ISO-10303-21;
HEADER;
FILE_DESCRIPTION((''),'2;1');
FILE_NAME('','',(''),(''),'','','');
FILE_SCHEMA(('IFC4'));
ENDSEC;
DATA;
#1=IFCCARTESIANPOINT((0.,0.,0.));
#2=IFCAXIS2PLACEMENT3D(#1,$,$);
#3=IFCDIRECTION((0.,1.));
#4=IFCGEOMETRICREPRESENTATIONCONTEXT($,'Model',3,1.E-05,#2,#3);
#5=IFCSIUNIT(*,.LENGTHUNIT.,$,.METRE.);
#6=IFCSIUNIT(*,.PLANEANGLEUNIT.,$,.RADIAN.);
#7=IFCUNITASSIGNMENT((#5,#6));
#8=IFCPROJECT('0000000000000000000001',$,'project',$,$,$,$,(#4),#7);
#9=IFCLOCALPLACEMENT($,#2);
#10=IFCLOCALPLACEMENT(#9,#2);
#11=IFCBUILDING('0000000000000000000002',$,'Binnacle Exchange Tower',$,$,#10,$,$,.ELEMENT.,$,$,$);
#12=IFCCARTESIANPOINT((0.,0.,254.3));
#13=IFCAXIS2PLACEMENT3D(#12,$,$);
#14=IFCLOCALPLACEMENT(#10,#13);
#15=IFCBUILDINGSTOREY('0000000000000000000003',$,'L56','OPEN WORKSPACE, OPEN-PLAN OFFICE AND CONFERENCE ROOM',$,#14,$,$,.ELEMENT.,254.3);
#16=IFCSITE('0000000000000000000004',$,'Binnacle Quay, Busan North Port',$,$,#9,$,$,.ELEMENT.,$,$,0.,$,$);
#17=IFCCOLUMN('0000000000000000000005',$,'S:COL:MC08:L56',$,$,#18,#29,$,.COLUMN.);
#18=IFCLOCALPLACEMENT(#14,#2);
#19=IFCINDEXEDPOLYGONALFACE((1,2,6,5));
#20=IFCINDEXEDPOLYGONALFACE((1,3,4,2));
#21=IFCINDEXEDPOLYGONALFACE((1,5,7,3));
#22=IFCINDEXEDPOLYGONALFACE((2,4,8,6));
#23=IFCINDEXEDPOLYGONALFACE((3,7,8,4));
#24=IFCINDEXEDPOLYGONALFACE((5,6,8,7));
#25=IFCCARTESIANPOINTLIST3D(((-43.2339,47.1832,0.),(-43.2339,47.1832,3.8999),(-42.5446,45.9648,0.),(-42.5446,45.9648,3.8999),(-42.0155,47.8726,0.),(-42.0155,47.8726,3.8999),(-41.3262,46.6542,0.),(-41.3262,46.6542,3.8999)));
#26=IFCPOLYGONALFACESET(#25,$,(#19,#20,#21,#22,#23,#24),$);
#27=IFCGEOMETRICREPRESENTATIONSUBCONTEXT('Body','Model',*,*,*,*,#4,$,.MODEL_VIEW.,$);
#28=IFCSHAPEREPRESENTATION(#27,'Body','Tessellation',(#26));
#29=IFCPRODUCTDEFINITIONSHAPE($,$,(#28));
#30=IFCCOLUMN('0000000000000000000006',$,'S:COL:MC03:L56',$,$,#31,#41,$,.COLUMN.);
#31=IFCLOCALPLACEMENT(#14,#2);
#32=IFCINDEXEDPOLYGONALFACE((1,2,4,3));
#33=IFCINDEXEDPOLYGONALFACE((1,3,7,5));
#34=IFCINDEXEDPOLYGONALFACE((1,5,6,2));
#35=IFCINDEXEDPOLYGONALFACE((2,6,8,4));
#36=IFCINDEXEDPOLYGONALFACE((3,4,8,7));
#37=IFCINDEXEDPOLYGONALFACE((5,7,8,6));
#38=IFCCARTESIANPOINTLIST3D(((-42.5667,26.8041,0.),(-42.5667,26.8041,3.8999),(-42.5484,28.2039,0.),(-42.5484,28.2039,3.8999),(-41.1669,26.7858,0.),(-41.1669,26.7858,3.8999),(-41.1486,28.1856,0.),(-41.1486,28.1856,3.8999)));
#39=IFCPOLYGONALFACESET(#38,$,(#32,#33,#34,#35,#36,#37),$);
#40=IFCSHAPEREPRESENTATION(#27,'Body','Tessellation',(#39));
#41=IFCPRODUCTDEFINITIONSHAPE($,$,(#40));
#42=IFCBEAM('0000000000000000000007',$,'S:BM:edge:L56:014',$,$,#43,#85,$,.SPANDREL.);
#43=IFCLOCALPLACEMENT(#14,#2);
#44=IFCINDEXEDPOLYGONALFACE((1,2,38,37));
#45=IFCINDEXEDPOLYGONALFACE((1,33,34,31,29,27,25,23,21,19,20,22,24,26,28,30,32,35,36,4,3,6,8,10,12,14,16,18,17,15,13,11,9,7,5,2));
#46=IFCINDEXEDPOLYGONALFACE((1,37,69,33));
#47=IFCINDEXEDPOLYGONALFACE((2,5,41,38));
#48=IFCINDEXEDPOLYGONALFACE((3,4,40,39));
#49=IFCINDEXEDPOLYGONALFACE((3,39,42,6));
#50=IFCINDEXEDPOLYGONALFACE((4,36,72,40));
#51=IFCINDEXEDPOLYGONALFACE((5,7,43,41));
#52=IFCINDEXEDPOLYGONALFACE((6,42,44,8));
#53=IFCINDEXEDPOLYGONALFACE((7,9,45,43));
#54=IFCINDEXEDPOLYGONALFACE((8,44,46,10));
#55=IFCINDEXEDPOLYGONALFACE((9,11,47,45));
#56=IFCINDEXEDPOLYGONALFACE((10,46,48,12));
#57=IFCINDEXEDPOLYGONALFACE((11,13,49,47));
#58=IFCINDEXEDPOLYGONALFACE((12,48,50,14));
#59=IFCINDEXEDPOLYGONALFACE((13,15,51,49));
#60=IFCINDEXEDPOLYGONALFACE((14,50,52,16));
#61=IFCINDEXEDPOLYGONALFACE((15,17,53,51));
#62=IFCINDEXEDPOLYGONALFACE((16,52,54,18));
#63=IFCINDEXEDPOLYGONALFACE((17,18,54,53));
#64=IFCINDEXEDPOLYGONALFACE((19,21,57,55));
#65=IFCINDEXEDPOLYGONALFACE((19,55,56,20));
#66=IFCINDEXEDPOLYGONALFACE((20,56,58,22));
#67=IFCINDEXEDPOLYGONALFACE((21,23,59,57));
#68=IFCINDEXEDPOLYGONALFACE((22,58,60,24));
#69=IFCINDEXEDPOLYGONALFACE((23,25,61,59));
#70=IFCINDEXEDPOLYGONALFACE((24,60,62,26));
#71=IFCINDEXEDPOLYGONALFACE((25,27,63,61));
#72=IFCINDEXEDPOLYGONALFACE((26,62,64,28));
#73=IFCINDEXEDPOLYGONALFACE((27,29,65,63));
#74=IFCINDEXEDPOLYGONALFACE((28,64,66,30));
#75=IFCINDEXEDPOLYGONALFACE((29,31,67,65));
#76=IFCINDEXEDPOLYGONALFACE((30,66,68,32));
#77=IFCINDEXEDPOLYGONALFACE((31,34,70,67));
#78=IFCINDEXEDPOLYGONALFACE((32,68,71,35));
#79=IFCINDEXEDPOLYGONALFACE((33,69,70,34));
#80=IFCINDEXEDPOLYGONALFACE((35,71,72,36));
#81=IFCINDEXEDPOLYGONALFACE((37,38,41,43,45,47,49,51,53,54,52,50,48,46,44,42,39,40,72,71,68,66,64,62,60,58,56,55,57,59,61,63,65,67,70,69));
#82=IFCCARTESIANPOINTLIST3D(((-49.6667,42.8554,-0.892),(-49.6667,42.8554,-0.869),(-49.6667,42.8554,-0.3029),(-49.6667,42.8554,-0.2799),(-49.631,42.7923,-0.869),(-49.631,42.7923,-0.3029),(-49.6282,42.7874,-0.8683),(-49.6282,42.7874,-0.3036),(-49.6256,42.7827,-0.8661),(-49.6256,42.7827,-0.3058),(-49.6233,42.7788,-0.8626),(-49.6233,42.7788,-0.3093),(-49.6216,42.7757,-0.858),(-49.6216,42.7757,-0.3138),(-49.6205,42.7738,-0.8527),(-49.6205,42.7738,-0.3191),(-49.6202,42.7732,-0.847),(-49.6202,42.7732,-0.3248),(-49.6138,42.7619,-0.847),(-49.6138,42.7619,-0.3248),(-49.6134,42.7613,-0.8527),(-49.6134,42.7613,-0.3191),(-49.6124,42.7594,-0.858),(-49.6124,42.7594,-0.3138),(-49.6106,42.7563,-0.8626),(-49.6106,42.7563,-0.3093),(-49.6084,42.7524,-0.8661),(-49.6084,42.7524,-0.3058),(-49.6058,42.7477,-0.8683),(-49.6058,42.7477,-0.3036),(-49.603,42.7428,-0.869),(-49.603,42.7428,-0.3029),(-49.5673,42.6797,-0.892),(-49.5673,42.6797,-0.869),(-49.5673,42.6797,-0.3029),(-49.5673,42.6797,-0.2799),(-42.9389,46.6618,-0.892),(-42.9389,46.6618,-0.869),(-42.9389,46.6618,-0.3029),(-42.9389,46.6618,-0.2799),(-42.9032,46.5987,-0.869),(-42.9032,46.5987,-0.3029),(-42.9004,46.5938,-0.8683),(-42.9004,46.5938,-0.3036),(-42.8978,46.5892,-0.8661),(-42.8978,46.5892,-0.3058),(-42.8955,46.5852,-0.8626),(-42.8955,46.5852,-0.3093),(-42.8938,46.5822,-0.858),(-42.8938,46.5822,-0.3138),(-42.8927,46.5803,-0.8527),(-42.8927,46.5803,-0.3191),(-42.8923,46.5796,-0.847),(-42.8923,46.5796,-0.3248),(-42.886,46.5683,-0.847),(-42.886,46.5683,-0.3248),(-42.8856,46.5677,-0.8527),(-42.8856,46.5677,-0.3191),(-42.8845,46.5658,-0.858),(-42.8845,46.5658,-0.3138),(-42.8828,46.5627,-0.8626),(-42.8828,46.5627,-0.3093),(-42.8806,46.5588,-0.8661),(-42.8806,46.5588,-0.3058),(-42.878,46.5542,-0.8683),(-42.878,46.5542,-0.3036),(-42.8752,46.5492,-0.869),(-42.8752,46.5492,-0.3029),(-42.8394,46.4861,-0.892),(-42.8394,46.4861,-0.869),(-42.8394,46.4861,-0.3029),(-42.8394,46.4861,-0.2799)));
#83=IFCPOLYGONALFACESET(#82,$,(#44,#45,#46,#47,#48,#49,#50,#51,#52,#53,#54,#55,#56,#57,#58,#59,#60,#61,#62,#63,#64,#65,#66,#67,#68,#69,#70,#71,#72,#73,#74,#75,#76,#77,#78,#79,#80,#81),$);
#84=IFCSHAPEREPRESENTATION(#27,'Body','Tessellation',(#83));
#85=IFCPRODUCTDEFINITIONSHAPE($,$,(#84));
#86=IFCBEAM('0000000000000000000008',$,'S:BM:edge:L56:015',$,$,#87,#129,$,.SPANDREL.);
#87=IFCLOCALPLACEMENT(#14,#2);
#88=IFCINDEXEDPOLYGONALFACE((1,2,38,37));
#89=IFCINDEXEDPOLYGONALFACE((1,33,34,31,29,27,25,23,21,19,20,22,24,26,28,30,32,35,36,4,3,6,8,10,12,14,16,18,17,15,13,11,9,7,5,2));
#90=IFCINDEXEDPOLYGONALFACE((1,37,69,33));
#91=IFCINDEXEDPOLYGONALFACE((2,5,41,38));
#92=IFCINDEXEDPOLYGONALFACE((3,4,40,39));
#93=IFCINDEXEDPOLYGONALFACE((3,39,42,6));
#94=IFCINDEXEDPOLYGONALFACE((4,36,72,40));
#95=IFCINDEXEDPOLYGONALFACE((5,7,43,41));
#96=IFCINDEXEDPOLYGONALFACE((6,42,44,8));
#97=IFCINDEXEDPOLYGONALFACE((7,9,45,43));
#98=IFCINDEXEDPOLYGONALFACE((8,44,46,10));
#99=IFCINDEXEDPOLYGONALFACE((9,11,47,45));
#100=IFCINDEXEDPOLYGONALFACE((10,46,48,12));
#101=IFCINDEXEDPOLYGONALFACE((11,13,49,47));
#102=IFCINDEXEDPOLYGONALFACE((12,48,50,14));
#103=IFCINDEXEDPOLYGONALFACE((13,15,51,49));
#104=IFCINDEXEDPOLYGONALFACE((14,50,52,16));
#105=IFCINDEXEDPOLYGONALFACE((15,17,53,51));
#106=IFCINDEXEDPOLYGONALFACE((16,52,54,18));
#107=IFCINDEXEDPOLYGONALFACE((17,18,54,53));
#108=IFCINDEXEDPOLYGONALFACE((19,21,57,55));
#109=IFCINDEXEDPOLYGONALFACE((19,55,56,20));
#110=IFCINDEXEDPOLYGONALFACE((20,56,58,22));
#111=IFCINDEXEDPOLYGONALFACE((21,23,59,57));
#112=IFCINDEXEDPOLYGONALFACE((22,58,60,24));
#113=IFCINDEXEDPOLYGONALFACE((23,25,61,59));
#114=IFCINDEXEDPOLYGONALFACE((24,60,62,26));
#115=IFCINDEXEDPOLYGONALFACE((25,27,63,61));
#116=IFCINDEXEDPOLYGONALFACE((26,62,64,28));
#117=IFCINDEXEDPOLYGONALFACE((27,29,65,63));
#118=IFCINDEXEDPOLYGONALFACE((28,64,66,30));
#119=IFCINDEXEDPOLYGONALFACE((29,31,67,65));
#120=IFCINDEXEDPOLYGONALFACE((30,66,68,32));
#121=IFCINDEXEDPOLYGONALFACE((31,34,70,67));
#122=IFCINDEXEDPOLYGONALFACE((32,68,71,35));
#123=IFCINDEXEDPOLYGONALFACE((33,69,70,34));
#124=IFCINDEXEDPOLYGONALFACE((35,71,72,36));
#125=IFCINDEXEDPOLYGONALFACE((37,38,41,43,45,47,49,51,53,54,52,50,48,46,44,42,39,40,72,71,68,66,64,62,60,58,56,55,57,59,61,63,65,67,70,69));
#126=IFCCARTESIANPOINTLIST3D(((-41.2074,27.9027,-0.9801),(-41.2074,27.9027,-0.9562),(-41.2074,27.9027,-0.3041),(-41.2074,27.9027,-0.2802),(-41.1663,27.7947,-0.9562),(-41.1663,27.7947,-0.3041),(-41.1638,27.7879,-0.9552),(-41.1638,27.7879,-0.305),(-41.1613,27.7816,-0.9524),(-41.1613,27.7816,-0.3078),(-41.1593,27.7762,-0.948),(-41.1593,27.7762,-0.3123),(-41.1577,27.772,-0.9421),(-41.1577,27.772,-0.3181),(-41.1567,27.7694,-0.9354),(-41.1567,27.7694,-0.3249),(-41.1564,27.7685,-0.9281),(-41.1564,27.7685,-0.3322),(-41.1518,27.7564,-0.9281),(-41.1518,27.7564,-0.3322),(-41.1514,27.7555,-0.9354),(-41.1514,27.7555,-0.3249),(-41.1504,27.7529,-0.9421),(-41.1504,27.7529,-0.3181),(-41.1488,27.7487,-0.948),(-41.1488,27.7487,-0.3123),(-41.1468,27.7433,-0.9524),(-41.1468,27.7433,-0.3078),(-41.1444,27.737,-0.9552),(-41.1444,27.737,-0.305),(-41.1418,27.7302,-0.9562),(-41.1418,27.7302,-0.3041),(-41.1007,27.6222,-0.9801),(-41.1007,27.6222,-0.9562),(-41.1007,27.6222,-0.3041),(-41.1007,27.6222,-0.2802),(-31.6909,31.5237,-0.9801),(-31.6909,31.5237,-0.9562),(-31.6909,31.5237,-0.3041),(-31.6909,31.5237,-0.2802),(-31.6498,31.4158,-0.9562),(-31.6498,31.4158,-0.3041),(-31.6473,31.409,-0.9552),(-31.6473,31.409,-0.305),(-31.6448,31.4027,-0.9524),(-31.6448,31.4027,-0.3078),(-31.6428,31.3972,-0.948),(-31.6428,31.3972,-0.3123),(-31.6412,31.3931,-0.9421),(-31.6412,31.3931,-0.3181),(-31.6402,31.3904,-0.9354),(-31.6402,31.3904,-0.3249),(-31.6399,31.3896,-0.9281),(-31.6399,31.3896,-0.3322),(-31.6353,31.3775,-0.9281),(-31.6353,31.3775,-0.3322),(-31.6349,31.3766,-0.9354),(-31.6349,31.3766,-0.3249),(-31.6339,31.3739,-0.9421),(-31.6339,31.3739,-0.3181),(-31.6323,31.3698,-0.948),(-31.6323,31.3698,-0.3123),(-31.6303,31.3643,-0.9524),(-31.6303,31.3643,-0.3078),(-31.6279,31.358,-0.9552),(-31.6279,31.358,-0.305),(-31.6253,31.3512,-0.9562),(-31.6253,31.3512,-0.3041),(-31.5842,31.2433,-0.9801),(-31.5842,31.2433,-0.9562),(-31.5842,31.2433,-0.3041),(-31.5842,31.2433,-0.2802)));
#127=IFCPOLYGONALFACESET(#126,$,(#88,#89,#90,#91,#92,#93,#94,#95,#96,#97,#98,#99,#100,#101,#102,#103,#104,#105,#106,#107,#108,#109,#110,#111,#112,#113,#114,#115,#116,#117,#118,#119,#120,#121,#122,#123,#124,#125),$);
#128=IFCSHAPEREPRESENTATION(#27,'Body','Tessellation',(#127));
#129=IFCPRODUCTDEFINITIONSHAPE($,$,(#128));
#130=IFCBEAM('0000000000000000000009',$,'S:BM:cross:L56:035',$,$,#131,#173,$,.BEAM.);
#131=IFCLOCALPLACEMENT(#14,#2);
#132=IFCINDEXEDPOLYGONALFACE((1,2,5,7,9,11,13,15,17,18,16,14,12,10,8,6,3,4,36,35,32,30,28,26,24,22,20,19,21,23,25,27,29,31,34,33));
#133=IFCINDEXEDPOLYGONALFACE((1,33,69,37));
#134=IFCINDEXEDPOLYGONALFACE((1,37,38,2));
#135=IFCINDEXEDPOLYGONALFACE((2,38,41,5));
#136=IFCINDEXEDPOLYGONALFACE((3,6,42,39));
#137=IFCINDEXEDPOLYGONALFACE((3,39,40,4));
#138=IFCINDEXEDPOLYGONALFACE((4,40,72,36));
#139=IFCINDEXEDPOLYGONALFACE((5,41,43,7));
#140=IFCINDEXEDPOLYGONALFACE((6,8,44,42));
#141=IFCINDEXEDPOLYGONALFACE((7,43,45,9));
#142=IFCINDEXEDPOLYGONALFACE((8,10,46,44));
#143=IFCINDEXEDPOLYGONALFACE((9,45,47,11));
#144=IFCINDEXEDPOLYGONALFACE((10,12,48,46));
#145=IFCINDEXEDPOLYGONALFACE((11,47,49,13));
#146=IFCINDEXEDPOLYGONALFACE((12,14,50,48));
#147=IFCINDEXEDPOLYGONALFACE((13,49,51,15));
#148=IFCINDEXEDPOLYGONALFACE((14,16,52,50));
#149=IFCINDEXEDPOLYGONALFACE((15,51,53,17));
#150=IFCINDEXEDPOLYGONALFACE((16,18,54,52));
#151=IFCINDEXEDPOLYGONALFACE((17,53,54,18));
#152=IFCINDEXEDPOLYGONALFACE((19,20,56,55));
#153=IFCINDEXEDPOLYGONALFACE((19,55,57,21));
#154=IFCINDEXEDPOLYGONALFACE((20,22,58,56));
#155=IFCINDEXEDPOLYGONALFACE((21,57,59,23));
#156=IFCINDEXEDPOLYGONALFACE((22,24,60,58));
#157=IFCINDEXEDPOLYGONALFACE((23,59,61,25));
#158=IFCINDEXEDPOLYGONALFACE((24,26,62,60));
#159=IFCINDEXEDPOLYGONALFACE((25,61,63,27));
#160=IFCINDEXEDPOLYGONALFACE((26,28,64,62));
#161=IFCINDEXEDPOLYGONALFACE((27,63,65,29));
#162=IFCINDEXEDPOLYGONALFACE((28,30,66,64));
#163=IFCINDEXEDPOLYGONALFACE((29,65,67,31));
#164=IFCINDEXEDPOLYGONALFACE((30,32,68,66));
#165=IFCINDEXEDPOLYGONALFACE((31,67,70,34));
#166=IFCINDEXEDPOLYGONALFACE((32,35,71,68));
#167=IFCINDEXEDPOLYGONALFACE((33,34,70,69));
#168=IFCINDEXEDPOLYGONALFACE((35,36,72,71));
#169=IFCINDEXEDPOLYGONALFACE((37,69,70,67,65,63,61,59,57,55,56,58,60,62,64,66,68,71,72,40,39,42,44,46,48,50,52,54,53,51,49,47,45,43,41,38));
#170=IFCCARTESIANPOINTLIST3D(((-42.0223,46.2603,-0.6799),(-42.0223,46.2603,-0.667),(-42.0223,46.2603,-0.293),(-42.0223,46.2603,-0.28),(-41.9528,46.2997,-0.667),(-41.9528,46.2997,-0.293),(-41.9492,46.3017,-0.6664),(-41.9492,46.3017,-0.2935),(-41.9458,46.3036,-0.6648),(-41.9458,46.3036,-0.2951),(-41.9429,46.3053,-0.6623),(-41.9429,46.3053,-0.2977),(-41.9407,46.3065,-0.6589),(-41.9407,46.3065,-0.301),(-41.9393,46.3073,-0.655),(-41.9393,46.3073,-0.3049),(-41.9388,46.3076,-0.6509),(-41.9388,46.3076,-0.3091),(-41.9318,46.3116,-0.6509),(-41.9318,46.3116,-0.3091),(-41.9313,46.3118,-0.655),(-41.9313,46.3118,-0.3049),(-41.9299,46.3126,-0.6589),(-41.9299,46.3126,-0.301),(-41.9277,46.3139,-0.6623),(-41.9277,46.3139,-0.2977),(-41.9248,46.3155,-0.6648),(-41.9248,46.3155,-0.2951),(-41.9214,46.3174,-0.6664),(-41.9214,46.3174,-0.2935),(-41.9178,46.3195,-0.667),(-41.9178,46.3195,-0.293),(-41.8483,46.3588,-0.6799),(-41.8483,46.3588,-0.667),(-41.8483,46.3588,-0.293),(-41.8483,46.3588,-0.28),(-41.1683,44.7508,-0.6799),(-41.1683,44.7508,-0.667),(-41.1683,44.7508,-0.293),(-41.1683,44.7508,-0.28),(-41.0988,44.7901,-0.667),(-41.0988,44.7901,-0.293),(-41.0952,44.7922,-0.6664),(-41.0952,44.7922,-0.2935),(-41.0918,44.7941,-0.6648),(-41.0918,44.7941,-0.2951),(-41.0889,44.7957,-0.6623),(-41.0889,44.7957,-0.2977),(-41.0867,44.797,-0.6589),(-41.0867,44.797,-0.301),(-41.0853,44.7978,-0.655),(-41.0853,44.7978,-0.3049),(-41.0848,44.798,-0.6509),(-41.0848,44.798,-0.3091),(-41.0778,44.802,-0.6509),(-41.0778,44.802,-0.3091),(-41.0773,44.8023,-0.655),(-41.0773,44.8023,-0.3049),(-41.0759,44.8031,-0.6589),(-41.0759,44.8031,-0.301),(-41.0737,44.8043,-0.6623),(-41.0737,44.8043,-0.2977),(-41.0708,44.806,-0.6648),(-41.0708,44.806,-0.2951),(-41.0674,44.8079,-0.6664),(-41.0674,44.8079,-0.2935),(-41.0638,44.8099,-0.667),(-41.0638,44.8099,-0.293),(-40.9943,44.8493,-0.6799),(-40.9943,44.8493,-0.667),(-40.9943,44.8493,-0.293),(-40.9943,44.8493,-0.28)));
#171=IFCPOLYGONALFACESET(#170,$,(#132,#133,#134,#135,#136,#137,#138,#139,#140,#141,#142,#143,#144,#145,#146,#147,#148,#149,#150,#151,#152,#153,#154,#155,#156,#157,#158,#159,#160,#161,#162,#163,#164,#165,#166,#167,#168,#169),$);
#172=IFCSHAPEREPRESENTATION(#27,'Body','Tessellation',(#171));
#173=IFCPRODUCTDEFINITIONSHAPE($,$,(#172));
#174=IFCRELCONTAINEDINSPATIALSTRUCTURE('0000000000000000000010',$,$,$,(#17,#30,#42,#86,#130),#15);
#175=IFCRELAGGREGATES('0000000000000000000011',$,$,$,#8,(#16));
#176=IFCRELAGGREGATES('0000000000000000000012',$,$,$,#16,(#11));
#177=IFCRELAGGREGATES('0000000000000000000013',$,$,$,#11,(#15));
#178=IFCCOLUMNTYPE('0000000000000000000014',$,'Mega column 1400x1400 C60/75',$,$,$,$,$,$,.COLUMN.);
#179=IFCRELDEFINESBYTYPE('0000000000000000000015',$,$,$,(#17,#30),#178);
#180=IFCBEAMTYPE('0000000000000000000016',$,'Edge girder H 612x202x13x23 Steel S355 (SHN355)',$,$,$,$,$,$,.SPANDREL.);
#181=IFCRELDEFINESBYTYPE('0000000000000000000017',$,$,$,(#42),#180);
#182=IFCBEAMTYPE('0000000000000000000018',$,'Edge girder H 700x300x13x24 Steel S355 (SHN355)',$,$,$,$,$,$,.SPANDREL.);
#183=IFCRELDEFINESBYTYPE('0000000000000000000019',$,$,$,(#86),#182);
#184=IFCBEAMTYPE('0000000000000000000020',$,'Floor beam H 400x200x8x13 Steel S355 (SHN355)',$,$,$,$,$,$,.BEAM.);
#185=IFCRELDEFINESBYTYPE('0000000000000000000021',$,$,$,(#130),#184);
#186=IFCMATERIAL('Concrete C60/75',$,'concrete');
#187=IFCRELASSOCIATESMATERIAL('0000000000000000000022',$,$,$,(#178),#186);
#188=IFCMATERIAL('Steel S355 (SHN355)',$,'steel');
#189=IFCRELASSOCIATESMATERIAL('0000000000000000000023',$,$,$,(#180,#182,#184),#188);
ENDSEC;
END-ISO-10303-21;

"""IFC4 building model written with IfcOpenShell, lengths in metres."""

from ifc_helpers import new_model, si_unit, direction, frame, origin, origin_2d, place, context, subcontext, project, spatial, rectangle, i_section, extrude, material, material_profile, profile_set, type_object, element, save


model = new_model("IFC4")

# Units and contexts
model_context = context("Model", 3, precision=1e-05, world=origin(), true_north=direction((0.0, 1.0)))
body_context = subcontext(model_context, "Body", "Model", "MODEL_VIEW")
ifc_project = project(units=[si_unit("LENGTHUNIT", "METRE"), si_unit("PLANEANGLEUNIT", "RADIAN")], contexts=[model_context])

# Site, building, storey
site_placement = place(None, origin())
site = spatial("IfcSite", under=ifc_project, at=site_placement, Name="Binnacle Quay, Busan North Port", CompositionType="ELEMENT", RefElevation=0.0)
building_placement = place(site_placement, origin())
building = spatial("IfcBuilding", under=site, at=building_placement, Name="Binnacle Exchange Tower", CompositionType="ELEMENT")
storey_placement = place(building_placement, frame((0.0, 0.0, 254.3)))
storey = spatial("IfcBuildingStorey", under=building, at=storey_placement, Name="L56", Description="OPEN WORKSPACE, OPEN-PLAN OFFICE AND CONFERENCE ROOM", CompositionType="ELEMENT", Elevation=254.3)

# Columns
ifc_material_1 = material(Name="Concrete C60/75", Category="concrete")
ifc_material_profile_1 = material_profile(ifc_material_1, rectangle(XDim=1.3999, YDim=1.3999, at=origin_2d()), Name="Mega column 1400x1400 C60/75")
ifc_profile_set_1 = profile_set([ifc_material_profile_1], Name="Concrete C60/75")
column_type = type_object("IfcColumnType", Name="Mega column 1400x1400 C60/75", PredefinedType="COLUMN", material=ifc_profile_set_1)
for number, where, z_axis, x_axis, name in (
    (1, (-42.28, 46.9187, 0.0), (0.0, 0.0, 1.0), (-0.870356, -0.492424, 0.0), "S:COL:MC08:L56"),
    (2, (-41.8577, 27.4949, 0.0), (0.0, 0.0, 1.0), (0.999914, -0.01309, 0.0), "S:COL:MC03:L56"),
):
    element("IfcColumn", number, at=place(storey_placement, frame(where, z_axis=z_axis, x_axis=x_axis)), inside=storey, type_object=column_type, Name=name, PredefinedType="COLUMN", context=body_context, shape_type="SweptSolid", body=[
        extrude(rectangle(XDim=1.3999, YDim=1.3999, at=origin_2d()), origin(), (0.0, 0.0, 1.0), 3.8999),
    ])

# Beams
ifc_material_2 = material(Name="Steel S355 (SHN355)", Category="steel")
ifc_material_profile_2 = material_profile(ifc_material_2, i_section(OverallWidth=0.2019, OverallDepth=0.6121, WebThickness=0.0129, FlangeThickness=0.0229, FilletRadius=0.022, at=origin_2d()), Name="H 612x202x13x23")
ifc_profile_set_2 = profile_set([ifc_material_profile_2], Name="Steel S355 (SHN355)")
beam_type_1 = type_object("IfcBeamType", Name="Edge girder H 612x202x13x23 Steel S355 (SHN355)", PredefinedType="SPANDREL", material=ifc_profile_set_2)
beam_1_placement = place(storey_placement, frame((-42.8892, 46.574, -0.5859), z_axis=(-0.870356, -0.492424, 0.0), x_axis=(0.492424, -0.870356, 0.0)))
element("IfcBeam", 3, at=beam_1_placement, inside=storey, type_object=beam_type_1, Name="S:BM:edge:L56:014", PredefinedType="SPANDREL", context=body_context, shape_type="SweptSolid", body=[
    extrude(i_section(OverallWidth=0.2019, OverallDepth=0.6121, WebThickness=0.0129, FlangeThickness=0.0229, FilletRadius=0.022, at=origin_2d()), origin(), (0.0, 0.0, 1.0), 7.73),
])
ifc_material_profile_3 = material_profile(ifc_material_2, i_section(OverallWidth=0.3, OverallDepth=0.7, WebThickness=0.0129, FlangeThickness=0.0239, FilletRadius=0.0281, at=origin_2d()), Name="H 700x300x13x24")
ifc_profile_set_3 = profile_set([ifc_material_profile_3], Name="Steel S355 (SHN355)")
beam_type_2 = type_object("IfcBeamType", Name="Edge girder H 700x300x13x24 Steel S355 (SHN355)", PredefinedType="SPANDREL", material=ifc_profile_set_3)
beam_2_placement = place(storey_placement, frame((-41.1541, 27.7625, -0.6301), z_axis=(0.934627, 0.355628, 0.0), x_axis=(-0.355628, 0.934627, 0.0)))
element("IfcBeam", 4, at=beam_2_placement, inside=storey, type_object=beam_type_2, Name="S:BM:edge:L56:015", PredefinedType="SPANDREL", context=body_context, shape_type="SweptSolid", body=[
    extrude(i_section(OverallWidth=0.3, OverallDepth=0.7, WebThickness=0.0129, FlangeThickness=0.0239, FilletRadius=0.0281, at=origin_2d()), origin(), (0.0, 0.0, 1.0), 10.1821),
])
ifc_material_profile_4 = material_profile(ifc_material_2, i_section(OverallWidth=0.2, OverallDepth=0.3999, WebThickness=0.0081, FlangeThickness=0.0129, FilletRadius=0.0161, at=origin_2d()), Name="H 400x200x8x13")
ifc_profile_set_4 = profile_set([ifc_material_profile_4], Name="Steel S355 (SHN355)")
beam_type_3 = type_object("IfcBeamType", Name="Floor beam H 400x200x8x13 Steel S355 (SHN355)", PredefinedType="BEAM", material=ifc_profile_set_4)
beam_3_placement = place(storey_placement, frame((-41.9353, 46.3096, -0.48), z_axis=(0.492405, -0.870366, 0.0), x_axis=(0.870366, 0.492405, 0.0)))
element("IfcBeam", 5, at=beam_3_placement, inside=storey, type_object=beam_type_3, Name="S:BM:cross:L56:035", PredefinedType="BEAM", context=body_context, shape_type="SweptSolid", body=[
    extrude(i_section(OverallWidth=0.2, OverallDepth=0.3999, WebThickness=0.0081, FlangeThickness=0.0129, FilletRadius=0.0161, at=origin_2d()), origin(), (0.0, 0.0, 1.0), 1.7344),
])

save(model, "model.ifc")
